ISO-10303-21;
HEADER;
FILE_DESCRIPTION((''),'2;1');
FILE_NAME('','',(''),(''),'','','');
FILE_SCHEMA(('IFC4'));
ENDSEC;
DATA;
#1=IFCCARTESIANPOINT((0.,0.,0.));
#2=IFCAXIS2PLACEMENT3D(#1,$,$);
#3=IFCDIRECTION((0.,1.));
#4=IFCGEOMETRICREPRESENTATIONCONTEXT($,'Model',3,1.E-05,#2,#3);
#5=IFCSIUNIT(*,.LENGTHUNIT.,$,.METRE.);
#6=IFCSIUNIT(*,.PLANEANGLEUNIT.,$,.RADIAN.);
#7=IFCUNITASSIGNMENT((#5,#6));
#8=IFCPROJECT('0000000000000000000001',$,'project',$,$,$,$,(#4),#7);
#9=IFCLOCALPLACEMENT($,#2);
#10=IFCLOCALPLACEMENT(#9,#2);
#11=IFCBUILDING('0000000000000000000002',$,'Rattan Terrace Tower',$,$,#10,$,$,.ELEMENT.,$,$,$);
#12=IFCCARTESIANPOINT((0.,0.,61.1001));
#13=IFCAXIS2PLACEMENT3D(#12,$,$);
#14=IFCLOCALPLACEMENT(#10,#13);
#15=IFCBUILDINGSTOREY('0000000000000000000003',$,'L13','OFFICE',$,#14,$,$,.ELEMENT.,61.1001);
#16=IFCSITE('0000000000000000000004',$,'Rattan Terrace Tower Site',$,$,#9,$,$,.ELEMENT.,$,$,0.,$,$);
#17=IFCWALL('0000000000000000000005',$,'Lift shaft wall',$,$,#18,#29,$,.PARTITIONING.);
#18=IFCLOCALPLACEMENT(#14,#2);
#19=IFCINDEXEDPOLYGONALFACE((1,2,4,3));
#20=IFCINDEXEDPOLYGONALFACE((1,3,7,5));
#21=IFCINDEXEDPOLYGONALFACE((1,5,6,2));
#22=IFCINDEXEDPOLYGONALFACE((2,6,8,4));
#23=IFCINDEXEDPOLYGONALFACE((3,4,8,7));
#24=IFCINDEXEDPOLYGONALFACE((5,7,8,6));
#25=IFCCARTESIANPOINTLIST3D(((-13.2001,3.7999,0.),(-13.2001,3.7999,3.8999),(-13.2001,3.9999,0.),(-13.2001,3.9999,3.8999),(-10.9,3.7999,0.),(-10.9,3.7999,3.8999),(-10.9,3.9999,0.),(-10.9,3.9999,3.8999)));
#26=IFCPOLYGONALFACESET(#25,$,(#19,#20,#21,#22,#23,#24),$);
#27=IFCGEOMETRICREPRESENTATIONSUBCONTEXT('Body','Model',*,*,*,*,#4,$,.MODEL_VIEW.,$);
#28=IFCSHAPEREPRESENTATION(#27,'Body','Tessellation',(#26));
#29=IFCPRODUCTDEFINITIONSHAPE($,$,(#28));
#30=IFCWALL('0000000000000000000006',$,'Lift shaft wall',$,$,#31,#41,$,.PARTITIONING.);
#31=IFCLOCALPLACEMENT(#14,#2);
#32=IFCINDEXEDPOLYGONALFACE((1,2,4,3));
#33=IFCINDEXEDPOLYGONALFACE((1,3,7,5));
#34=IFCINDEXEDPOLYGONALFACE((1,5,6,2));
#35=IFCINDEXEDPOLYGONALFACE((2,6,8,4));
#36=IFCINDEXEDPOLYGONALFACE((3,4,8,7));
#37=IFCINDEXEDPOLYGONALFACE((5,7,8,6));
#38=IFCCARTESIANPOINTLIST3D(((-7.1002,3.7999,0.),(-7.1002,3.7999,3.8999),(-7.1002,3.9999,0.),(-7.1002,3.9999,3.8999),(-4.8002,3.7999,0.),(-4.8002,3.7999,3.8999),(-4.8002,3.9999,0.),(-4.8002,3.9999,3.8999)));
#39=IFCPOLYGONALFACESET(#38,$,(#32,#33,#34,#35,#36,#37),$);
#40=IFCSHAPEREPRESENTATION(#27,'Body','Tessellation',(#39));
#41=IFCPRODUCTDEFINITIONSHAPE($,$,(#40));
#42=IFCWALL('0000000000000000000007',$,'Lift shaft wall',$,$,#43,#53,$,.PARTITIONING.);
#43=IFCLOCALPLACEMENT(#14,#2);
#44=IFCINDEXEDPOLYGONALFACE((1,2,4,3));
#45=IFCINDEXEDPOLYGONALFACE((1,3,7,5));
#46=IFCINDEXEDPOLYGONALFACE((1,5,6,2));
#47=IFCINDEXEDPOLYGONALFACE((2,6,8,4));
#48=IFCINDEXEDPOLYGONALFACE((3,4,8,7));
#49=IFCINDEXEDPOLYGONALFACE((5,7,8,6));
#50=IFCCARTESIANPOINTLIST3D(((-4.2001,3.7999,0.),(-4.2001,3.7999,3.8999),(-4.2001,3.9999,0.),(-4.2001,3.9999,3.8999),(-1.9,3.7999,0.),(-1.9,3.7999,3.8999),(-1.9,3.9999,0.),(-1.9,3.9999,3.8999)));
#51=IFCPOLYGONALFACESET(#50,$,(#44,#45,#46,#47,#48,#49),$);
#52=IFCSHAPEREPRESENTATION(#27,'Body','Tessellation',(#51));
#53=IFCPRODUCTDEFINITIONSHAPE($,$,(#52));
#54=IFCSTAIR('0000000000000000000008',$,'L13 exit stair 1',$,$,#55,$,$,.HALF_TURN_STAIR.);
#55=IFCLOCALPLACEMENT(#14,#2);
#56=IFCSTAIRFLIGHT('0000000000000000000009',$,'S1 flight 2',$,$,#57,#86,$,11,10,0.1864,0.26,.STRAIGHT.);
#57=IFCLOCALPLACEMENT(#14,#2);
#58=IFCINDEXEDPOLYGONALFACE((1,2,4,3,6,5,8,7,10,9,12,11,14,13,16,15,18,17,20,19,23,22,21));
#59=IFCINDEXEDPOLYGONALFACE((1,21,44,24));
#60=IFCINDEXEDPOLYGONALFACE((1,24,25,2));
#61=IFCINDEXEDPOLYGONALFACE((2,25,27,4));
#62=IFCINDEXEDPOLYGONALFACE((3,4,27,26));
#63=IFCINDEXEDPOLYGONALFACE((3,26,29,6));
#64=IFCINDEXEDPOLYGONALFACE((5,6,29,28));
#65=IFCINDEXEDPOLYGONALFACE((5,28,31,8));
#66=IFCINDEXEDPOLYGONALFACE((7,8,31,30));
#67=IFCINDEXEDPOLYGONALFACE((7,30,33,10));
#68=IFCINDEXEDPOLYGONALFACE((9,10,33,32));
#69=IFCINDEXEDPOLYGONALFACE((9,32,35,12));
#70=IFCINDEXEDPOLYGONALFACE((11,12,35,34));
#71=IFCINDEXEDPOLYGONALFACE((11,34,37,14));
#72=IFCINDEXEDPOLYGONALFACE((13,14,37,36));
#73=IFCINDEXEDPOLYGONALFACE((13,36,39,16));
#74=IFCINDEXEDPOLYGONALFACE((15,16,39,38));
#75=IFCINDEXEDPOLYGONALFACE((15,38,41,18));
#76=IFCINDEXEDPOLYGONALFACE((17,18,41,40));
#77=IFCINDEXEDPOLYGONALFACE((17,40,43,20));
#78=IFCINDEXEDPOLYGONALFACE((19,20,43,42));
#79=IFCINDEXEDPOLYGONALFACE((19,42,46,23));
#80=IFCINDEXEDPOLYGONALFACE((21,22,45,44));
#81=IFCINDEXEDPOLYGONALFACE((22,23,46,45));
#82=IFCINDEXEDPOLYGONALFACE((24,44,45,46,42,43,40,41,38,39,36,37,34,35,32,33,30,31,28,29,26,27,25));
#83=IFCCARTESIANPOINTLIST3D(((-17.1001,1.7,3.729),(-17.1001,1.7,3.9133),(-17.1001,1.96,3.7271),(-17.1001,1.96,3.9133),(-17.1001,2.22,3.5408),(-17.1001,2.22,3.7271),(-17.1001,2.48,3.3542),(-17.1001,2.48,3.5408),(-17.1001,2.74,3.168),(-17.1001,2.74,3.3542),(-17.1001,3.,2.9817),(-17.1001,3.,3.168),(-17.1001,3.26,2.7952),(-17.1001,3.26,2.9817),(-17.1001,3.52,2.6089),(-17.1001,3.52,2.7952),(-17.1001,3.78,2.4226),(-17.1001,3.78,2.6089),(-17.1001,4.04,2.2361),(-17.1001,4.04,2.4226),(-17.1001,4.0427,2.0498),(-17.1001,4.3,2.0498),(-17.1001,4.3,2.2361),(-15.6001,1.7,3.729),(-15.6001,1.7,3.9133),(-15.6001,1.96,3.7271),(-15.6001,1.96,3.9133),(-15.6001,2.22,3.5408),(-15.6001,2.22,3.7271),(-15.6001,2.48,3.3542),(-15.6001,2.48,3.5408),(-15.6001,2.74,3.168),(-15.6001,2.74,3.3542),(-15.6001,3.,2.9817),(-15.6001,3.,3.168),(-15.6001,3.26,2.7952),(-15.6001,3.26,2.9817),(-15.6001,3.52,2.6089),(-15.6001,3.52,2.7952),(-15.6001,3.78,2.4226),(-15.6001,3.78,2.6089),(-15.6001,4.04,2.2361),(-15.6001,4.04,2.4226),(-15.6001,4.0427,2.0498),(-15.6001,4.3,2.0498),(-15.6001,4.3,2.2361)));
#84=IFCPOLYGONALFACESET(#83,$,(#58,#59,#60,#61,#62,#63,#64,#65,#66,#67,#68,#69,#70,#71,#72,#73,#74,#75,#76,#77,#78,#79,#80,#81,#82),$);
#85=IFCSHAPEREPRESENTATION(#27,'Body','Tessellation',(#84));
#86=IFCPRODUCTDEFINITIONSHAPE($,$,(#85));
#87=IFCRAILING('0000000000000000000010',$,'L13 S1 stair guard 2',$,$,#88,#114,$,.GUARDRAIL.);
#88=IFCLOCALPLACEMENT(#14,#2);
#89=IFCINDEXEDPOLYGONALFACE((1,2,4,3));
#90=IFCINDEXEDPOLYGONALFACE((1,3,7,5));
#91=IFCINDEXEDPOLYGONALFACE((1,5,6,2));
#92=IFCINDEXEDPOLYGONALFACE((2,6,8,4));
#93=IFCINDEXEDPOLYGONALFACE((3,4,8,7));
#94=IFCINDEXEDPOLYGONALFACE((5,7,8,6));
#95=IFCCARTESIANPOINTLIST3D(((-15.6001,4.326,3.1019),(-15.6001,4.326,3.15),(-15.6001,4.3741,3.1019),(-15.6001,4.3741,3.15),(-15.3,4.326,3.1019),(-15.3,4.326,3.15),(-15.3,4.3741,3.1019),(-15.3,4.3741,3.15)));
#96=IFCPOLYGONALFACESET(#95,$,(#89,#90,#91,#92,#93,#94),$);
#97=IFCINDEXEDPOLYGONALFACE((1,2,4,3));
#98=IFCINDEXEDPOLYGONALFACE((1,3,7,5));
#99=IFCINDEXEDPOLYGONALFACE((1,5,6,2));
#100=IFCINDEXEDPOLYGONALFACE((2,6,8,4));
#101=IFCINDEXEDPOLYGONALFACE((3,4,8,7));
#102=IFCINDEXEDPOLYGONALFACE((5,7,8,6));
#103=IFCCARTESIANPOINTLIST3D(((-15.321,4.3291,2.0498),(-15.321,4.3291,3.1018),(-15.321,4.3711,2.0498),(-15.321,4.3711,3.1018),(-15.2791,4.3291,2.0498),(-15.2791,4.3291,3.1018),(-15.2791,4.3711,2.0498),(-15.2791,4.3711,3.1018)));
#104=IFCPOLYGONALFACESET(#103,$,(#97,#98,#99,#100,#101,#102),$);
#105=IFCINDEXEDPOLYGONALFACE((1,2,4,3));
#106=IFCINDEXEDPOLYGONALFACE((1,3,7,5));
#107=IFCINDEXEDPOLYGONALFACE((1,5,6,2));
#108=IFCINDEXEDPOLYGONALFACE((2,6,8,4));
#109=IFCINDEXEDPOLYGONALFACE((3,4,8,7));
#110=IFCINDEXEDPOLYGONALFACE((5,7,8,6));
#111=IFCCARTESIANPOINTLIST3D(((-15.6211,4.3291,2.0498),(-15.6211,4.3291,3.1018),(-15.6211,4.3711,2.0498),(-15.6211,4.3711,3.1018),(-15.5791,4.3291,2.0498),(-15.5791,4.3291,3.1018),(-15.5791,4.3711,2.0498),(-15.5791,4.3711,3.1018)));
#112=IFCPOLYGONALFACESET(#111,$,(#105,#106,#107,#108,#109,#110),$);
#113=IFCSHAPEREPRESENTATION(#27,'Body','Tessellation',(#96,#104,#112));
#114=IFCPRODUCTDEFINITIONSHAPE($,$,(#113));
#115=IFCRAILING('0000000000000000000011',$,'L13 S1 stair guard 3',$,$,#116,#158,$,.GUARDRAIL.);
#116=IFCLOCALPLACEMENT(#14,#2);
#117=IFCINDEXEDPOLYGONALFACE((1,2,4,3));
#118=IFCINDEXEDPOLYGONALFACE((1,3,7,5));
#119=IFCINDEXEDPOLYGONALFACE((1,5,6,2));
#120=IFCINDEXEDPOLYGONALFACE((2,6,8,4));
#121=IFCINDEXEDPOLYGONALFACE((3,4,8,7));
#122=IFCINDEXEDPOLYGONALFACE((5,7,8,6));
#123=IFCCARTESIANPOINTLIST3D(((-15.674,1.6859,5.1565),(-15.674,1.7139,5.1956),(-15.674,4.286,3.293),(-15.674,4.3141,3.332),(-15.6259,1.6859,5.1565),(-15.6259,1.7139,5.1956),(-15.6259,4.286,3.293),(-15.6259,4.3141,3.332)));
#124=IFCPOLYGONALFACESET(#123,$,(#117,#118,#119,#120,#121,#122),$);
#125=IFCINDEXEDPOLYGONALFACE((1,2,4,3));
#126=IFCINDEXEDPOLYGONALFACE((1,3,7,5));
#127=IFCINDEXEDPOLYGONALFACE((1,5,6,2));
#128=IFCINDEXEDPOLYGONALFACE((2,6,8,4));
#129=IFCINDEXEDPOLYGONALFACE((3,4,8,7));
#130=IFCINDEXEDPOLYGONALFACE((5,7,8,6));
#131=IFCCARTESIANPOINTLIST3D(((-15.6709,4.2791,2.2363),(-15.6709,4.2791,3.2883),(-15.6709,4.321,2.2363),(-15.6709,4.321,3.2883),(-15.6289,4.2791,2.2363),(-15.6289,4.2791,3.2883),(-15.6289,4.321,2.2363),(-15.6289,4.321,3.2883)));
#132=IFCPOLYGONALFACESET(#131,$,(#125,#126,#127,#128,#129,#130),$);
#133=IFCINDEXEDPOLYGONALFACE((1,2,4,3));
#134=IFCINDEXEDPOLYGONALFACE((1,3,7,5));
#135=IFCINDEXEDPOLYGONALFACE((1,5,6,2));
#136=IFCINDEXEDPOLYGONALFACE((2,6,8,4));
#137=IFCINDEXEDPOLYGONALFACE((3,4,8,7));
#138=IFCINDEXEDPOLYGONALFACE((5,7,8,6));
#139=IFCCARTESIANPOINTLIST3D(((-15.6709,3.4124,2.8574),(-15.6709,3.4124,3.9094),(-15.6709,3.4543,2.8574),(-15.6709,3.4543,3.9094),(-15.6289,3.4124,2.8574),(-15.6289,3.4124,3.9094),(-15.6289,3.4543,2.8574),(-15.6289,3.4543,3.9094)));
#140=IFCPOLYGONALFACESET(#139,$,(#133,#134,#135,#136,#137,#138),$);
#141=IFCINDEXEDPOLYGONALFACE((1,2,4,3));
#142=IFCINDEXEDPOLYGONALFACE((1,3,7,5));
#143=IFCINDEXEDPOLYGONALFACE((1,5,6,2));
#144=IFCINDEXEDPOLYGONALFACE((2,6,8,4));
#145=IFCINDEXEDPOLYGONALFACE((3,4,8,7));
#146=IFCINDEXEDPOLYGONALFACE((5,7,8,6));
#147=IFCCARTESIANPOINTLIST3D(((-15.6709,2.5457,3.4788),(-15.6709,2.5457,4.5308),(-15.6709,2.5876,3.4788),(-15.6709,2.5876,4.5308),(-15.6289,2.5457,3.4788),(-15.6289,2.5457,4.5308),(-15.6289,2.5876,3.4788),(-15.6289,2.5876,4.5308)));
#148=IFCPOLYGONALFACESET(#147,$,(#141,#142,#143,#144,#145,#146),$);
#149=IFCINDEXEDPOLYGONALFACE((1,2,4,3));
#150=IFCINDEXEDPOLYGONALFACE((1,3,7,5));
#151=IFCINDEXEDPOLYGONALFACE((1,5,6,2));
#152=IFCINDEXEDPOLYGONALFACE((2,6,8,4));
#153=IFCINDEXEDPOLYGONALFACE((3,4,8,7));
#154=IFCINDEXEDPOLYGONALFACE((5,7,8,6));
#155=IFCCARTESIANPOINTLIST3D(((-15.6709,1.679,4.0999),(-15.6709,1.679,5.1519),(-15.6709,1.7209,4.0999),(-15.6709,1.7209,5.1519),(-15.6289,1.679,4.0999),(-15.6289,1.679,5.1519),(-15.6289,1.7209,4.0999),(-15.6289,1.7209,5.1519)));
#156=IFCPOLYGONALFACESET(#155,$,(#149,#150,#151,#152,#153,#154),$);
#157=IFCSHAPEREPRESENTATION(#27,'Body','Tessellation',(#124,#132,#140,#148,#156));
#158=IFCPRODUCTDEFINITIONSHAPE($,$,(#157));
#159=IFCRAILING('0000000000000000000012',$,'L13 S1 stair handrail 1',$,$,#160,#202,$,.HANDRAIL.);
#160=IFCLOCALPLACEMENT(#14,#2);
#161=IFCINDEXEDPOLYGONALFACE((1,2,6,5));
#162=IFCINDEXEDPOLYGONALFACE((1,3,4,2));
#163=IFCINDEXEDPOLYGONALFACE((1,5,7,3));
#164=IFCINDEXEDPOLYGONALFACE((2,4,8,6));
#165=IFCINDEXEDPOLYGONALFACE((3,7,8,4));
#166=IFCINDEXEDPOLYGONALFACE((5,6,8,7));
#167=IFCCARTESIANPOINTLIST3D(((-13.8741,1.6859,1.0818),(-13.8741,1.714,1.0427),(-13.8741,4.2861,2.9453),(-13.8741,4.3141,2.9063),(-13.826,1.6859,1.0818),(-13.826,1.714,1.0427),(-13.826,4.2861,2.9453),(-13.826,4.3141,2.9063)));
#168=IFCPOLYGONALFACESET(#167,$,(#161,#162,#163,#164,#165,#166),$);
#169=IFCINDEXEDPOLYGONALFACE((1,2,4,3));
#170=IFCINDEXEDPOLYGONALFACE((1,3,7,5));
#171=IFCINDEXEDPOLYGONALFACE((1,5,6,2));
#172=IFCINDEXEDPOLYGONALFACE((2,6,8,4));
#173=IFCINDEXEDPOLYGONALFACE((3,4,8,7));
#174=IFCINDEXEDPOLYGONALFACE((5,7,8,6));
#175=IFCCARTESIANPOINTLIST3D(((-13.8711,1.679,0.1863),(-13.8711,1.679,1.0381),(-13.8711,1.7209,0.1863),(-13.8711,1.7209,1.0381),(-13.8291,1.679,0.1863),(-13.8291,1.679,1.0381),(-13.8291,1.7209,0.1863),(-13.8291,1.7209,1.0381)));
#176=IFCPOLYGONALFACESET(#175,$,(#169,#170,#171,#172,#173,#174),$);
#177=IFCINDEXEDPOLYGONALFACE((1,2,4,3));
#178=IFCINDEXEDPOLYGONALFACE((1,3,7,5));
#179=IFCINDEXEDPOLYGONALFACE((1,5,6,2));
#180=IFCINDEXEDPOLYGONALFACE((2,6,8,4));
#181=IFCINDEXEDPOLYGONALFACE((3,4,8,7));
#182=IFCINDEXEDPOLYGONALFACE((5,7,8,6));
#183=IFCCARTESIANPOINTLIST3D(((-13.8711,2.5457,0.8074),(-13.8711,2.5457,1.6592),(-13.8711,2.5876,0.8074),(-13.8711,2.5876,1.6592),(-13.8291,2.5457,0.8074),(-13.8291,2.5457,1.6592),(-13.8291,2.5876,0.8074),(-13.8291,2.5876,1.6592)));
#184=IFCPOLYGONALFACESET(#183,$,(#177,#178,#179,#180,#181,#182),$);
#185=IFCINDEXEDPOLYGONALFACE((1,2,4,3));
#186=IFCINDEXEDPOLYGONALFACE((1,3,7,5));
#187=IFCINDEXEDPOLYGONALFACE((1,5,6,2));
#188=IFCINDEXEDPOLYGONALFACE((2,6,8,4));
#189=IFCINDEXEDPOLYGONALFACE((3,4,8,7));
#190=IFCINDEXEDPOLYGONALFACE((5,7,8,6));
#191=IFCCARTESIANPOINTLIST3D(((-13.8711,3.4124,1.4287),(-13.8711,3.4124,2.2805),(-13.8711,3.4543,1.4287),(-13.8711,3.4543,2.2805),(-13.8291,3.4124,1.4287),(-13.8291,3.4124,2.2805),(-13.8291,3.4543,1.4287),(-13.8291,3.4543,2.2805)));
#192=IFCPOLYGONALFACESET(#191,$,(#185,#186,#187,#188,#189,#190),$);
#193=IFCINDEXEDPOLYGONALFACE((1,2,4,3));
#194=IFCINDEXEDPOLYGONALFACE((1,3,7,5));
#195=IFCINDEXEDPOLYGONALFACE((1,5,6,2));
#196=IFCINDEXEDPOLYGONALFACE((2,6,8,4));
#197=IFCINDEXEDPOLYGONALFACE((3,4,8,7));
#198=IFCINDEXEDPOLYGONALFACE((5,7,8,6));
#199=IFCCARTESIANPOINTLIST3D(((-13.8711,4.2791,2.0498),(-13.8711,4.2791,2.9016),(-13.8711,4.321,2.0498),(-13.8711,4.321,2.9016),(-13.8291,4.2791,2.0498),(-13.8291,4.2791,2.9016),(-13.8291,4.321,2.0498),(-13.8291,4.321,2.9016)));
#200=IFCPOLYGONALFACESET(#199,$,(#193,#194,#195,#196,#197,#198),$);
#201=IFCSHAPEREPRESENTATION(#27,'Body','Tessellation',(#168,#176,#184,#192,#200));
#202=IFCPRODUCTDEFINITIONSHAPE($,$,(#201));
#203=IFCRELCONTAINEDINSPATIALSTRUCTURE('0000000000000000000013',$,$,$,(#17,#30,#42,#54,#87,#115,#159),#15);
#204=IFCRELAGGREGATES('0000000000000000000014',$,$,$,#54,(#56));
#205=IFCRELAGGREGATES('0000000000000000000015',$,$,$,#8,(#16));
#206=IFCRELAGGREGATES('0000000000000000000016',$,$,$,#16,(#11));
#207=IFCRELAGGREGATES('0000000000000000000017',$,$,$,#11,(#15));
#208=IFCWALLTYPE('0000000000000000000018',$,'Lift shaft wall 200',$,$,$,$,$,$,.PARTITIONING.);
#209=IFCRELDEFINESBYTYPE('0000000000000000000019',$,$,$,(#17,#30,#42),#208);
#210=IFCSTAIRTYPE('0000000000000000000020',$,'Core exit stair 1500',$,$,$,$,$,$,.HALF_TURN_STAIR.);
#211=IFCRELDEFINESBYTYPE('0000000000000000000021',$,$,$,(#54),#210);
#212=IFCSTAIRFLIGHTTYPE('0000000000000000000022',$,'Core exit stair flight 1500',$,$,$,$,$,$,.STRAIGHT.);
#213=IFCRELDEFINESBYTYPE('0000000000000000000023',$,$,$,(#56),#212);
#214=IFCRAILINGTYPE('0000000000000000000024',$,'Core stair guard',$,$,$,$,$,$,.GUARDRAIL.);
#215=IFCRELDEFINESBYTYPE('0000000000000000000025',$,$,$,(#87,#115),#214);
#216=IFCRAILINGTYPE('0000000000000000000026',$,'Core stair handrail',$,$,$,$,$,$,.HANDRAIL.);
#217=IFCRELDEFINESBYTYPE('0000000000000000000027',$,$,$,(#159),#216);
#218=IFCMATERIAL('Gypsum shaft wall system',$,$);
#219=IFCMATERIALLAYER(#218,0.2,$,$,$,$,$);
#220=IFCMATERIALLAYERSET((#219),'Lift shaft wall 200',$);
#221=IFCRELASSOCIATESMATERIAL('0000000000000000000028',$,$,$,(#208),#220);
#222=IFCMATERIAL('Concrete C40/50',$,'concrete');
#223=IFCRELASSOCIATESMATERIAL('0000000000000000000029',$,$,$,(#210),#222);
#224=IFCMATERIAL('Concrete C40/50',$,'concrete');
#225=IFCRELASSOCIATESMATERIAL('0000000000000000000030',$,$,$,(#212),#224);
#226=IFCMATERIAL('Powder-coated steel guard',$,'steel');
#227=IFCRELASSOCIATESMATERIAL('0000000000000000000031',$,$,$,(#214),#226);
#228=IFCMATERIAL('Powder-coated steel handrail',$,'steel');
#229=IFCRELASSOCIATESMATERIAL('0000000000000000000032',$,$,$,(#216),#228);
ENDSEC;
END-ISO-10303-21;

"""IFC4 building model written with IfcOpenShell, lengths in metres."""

from ifc_helpers import new_model, si_unit, direction, frame, frame_2d, origin, origin_2d, place, context, subcontext, project, spatial, polyline, rectangle, outline, extrude, material, layer, layer_set, type_object, element, aggregate, save


model = new_model("IFC4")

# Units and contexts
model_context = context("Model", 3, precision=1e-05, world=origin(), true_north=direction((0.0, 1.0)))
body_context = subcontext(model_context, "Body", "Model", "MODEL_VIEW")
ifc_project = project(units=[si_unit("LENGTHUNIT", "METRE"), si_unit("PLANEANGLEUNIT", "RADIAN")], contexts=[model_context])

# Site, building, storey
site_placement = place(None, origin())
site = spatial("IfcSite", under=ifc_project, at=site_placement, Name="Rattan Terrace Tower Site", CompositionType="ELEMENT", RefElevation=0.0)
building_placement = place(site_placement, origin())
building = spatial("IfcBuilding", under=site, at=building_placement, Name="Rattan Terrace Tower", CompositionType="ELEMENT")
storey_placement = place(building_placement, frame((0.0, 0.0, 61.1001)))
storey = spatial("IfcBuildingStorey", under=building, at=storey_placement, Name="L13", Description="OFFICE", CompositionType="ELEMENT", Elevation=61.1001)

# Walls
ifc_material_1 = material(Name="Gypsum shaft wall system")
ifc_layer_1 = layer(ifc_material_1, 0.2)
ifc_layer_set_1 = layer_set([ifc_layer_1], Name="Lift shaft wall 200")
wall_type = type_object("IfcWallType", Name="Lift shaft wall 200", PredefinedType="PARTITIONING", material=ifc_layer_set_1)
for number, where, z_axis, x_axis, name in (
    (1, (-13.2, 3.8999, 0.0), (0.0, 0.0, 1.0), (1.0, 0.0, 0.0), "Lift shaft wall"),
    (2, (-7.1001, 3.8999, 0.0), (0.0, 0.0, 1.0), (1.0, 0.0, 0.0), "Lift shaft wall"),
    (3, (-4.2, 3.8999, 0.0), (0.0, 0.0, 1.0), (1.0, 0.0, 0.0), "Lift shaft wall"),
):
    element("IfcWall", number, at=place(storey_placement, frame(where, z_axis=z_axis, x_axis=x_axis)), inside=storey, type_object=wall_type, Name=name, PredefinedType="PARTITIONING", context=body_context, shape_type="SweptSolid", body=[
        extrude(rectangle(XDim=2.3, YDim=0.2, at=frame_2d((1.1499, 0.0))), origin(), (0.0, 0.0, 1.0), 3.8999),
    ])

# Stair, stair flight
ifc_material_2 = material(Name="Concrete C40/50", Category="concrete")
stair_type = type_object("IfcStairType", Name="Core exit stair 1500", PredefinedType="HALF_TURN_STAIR", material=ifc_material_2)
stair_placement = place(storey_placement, origin())
stair = element("IfcStair", 4, at=stair_placement, inside=storey, type_object=stair_type, Name="L13 exit stair 1", PredefinedType="HALF_TURN_STAIR")
ifc_material_3 = material(Name="Concrete C40/50", Category="concrete")
stair_flight_type = type_object("IfcStairFlightType", Name="Core exit stair flight 1500", PredefinedType="STRAIGHT", material=ifc_material_3)
stair_flight_placement = place(storey_placement, frame((-16.3501, 4.3, 2.0498), z_axis=(0.0, 0.0, 1.0), x_axis=(0.0, -1.0, 0.0)))
stair_flight = element("IfcStairFlight", 5, at=stair_flight_placement, type_object=stair_flight_type, Name="S1 flight 2", NumberOfRisers=11, NumberOfTreads=10, PredefinedType="STRAIGHT", RiserHeight=0.1864, TreadLength=0.26, context=body_context, shape_type="SweptSolid", body=[
    extrude(outline(polyline([(0.0, 0.0), (0.0, 0.1863), (0.26, 0.1863), (0.26, 0.3728), (0.52, 0.3728), (0.52, 0.5591), (0.78, 0.5591), (0.78, 0.7454), (1.04, 0.7454), (1.04, 0.9319), (1.3, 0.9319), (1.3, 1.1182), (1.5601, 1.1182), (1.5601, 1.3044), (1.8201, 1.3044), (1.8201, 1.491), (2.0801, 1.491), (2.0801, 1.6772), (2.3401, 1.6772), (2.3401, 1.8635), (2.6001, 1.8635), (2.6001, 2.05), (2.6001, 1.6792), (0.2573, 0.0), (0.0, 0.0)])), frame((0.0, 0.75, 0.0), z_axis=(0.0, -1.0, 0.0), x_axis=(1.0, 0.0, 0.0)), (0.0, 0.0, 1.0), 1.5),
])
aggregate(stair, [stair_flight])

# Railings
ifc_material_4 = material(Name="Powder-coated steel guard", Category="steel")
railing_type_1 = type_object("IfcRailingType", Name="Core stair guard", PredefinedType="GUARDRAIL", material=ifc_material_4)
railing_1_placement = place(storey_placement, frame((-15.3, 4.3501, 2.0498)))
element("IfcRailing", 6, at=railing_1_placement, inside=storey, type_object=railing_type_1, Name="L13 S1 stair guard 2", PredefinedType="GUARDRAIL", context=body_context, shape_type="SweptSolid", body=[
    extrude(rectangle(XDim=0.0481, YDim=0.0481, at=origin_2d()), frame((0.0, 0.0, 1.0762), z_axis=(-1.0, 0.0, 0.0), x_axis=(0.0, -1.0, 0.0)), (0.0, 0.0, 1.0), 0.3),
    extrude(rectangle(XDim=0.042, YDim=0.042, at=origin_2d()), origin(), (0.0, 0.0, 1.0), 1.052),
    extrude(rectangle(XDim=0.042, YDim=0.042, at=origin_2d()), frame((-0.3, 0.0, 0.0)), (0.0, 0.0, 1.0), 1.052),
])
railing_2_placement = place(storey_placement, frame((-15.6499, 4.3, 2.2363)))
element("IfcRailing", 7, at=railing_2_placement, inside=storey, type_object=railing_type_1, Name="L13 S1 stair guard 3", PredefinedType="GUARDRAIL", context=body_context, shape_type="SweptSolid", body=[
    extrude(rectangle(XDim=0.0481, YDim=0.0481, at=origin_2d()), frame((0.0, 0.0, 1.0762), z_axis=(0.0, -0.812799, 0.582544), x_axis=(1.0, 0.0, 0.0)), (0.0, 0.0, 1.0), 3.199),
    extrude(rectangle(XDim=0.042, YDim=0.042, at=origin_2d()), origin(), (0.0, 0.0, 1.0), 1.052),
    extrude(rectangle(XDim=0.042, YDim=0.042, at=origin_2d()), frame((0.0, -0.8667, 0.6211)), (0.0, 0.0, 1.0), 1.052),
    extrude(rectangle(XDim=0.042, YDim=0.042, at=origin_2d()), frame((0.0, -1.7334, 1.2424)), (0.0, 0.0, 1.0), 1.052),
    extrude(rectangle(XDim=0.042, YDim=0.042, at=origin_2d()), frame((0.0, -2.6001, 1.8635)), (0.0, 0.0, 1.0), 1.052),
])
ifc_material_5 = material(Name="Powder-coated steel handrail", Category="steel")
railing_type_2 = type_object("IfcRailingType", Name="Core stair handrail", PredefinedType="HANDRAIL", material=ifc_material_5)
railing_3_placement = place(storey_placement, frame((-13.8501, 1.7, 0.1863)))
element("IfcRailing", 8, at=railing_3_placement, inside=storey, type_object=railing_type_2, Name="L13 S1 stair handrail 1", PredefinedType="HANDRAIL", context=body_context, shape_type="SweptSolid", body=[
    extrude(rectangle(XDim=0.0481, YDim=0.0481, at=origin_2d()), frame((0.0, 0.0, 0.876), z_axis=(0.0, 0.812799, 0.582544), x_axis=(-1.0, 0.0, 0.0)), (0.0, 0.0, 1.0), 3.199),
    extrude(rectangle(XDim=0.042, YDim=0.042, at=origin_2d()), origin(), (0.0, 0.0, 1.0), 0.8518),
    extrude(rectangle(XDim=0.042, YDim=0.042, at=origin_2d()), frame((0.0, 0.8667, 0.6211)), (0.0, 0.0, 1.0), 0.8518),
    extrude(rectangle(XDim=0.042, YDim=0.042, at=origin_2d()), frame((0.0, 1.7334, 1.2424)), (0.0, 0.0, 1.0), 0.8518),
    extrude(rectangle(XDim=0.042, YDim=0.042, at=origin_2d()), frame((0.0, 2.6001, 1.8635)), (0.0, 0.0, 1.0), 0.8518),
])

save(model, "model.ifc")
